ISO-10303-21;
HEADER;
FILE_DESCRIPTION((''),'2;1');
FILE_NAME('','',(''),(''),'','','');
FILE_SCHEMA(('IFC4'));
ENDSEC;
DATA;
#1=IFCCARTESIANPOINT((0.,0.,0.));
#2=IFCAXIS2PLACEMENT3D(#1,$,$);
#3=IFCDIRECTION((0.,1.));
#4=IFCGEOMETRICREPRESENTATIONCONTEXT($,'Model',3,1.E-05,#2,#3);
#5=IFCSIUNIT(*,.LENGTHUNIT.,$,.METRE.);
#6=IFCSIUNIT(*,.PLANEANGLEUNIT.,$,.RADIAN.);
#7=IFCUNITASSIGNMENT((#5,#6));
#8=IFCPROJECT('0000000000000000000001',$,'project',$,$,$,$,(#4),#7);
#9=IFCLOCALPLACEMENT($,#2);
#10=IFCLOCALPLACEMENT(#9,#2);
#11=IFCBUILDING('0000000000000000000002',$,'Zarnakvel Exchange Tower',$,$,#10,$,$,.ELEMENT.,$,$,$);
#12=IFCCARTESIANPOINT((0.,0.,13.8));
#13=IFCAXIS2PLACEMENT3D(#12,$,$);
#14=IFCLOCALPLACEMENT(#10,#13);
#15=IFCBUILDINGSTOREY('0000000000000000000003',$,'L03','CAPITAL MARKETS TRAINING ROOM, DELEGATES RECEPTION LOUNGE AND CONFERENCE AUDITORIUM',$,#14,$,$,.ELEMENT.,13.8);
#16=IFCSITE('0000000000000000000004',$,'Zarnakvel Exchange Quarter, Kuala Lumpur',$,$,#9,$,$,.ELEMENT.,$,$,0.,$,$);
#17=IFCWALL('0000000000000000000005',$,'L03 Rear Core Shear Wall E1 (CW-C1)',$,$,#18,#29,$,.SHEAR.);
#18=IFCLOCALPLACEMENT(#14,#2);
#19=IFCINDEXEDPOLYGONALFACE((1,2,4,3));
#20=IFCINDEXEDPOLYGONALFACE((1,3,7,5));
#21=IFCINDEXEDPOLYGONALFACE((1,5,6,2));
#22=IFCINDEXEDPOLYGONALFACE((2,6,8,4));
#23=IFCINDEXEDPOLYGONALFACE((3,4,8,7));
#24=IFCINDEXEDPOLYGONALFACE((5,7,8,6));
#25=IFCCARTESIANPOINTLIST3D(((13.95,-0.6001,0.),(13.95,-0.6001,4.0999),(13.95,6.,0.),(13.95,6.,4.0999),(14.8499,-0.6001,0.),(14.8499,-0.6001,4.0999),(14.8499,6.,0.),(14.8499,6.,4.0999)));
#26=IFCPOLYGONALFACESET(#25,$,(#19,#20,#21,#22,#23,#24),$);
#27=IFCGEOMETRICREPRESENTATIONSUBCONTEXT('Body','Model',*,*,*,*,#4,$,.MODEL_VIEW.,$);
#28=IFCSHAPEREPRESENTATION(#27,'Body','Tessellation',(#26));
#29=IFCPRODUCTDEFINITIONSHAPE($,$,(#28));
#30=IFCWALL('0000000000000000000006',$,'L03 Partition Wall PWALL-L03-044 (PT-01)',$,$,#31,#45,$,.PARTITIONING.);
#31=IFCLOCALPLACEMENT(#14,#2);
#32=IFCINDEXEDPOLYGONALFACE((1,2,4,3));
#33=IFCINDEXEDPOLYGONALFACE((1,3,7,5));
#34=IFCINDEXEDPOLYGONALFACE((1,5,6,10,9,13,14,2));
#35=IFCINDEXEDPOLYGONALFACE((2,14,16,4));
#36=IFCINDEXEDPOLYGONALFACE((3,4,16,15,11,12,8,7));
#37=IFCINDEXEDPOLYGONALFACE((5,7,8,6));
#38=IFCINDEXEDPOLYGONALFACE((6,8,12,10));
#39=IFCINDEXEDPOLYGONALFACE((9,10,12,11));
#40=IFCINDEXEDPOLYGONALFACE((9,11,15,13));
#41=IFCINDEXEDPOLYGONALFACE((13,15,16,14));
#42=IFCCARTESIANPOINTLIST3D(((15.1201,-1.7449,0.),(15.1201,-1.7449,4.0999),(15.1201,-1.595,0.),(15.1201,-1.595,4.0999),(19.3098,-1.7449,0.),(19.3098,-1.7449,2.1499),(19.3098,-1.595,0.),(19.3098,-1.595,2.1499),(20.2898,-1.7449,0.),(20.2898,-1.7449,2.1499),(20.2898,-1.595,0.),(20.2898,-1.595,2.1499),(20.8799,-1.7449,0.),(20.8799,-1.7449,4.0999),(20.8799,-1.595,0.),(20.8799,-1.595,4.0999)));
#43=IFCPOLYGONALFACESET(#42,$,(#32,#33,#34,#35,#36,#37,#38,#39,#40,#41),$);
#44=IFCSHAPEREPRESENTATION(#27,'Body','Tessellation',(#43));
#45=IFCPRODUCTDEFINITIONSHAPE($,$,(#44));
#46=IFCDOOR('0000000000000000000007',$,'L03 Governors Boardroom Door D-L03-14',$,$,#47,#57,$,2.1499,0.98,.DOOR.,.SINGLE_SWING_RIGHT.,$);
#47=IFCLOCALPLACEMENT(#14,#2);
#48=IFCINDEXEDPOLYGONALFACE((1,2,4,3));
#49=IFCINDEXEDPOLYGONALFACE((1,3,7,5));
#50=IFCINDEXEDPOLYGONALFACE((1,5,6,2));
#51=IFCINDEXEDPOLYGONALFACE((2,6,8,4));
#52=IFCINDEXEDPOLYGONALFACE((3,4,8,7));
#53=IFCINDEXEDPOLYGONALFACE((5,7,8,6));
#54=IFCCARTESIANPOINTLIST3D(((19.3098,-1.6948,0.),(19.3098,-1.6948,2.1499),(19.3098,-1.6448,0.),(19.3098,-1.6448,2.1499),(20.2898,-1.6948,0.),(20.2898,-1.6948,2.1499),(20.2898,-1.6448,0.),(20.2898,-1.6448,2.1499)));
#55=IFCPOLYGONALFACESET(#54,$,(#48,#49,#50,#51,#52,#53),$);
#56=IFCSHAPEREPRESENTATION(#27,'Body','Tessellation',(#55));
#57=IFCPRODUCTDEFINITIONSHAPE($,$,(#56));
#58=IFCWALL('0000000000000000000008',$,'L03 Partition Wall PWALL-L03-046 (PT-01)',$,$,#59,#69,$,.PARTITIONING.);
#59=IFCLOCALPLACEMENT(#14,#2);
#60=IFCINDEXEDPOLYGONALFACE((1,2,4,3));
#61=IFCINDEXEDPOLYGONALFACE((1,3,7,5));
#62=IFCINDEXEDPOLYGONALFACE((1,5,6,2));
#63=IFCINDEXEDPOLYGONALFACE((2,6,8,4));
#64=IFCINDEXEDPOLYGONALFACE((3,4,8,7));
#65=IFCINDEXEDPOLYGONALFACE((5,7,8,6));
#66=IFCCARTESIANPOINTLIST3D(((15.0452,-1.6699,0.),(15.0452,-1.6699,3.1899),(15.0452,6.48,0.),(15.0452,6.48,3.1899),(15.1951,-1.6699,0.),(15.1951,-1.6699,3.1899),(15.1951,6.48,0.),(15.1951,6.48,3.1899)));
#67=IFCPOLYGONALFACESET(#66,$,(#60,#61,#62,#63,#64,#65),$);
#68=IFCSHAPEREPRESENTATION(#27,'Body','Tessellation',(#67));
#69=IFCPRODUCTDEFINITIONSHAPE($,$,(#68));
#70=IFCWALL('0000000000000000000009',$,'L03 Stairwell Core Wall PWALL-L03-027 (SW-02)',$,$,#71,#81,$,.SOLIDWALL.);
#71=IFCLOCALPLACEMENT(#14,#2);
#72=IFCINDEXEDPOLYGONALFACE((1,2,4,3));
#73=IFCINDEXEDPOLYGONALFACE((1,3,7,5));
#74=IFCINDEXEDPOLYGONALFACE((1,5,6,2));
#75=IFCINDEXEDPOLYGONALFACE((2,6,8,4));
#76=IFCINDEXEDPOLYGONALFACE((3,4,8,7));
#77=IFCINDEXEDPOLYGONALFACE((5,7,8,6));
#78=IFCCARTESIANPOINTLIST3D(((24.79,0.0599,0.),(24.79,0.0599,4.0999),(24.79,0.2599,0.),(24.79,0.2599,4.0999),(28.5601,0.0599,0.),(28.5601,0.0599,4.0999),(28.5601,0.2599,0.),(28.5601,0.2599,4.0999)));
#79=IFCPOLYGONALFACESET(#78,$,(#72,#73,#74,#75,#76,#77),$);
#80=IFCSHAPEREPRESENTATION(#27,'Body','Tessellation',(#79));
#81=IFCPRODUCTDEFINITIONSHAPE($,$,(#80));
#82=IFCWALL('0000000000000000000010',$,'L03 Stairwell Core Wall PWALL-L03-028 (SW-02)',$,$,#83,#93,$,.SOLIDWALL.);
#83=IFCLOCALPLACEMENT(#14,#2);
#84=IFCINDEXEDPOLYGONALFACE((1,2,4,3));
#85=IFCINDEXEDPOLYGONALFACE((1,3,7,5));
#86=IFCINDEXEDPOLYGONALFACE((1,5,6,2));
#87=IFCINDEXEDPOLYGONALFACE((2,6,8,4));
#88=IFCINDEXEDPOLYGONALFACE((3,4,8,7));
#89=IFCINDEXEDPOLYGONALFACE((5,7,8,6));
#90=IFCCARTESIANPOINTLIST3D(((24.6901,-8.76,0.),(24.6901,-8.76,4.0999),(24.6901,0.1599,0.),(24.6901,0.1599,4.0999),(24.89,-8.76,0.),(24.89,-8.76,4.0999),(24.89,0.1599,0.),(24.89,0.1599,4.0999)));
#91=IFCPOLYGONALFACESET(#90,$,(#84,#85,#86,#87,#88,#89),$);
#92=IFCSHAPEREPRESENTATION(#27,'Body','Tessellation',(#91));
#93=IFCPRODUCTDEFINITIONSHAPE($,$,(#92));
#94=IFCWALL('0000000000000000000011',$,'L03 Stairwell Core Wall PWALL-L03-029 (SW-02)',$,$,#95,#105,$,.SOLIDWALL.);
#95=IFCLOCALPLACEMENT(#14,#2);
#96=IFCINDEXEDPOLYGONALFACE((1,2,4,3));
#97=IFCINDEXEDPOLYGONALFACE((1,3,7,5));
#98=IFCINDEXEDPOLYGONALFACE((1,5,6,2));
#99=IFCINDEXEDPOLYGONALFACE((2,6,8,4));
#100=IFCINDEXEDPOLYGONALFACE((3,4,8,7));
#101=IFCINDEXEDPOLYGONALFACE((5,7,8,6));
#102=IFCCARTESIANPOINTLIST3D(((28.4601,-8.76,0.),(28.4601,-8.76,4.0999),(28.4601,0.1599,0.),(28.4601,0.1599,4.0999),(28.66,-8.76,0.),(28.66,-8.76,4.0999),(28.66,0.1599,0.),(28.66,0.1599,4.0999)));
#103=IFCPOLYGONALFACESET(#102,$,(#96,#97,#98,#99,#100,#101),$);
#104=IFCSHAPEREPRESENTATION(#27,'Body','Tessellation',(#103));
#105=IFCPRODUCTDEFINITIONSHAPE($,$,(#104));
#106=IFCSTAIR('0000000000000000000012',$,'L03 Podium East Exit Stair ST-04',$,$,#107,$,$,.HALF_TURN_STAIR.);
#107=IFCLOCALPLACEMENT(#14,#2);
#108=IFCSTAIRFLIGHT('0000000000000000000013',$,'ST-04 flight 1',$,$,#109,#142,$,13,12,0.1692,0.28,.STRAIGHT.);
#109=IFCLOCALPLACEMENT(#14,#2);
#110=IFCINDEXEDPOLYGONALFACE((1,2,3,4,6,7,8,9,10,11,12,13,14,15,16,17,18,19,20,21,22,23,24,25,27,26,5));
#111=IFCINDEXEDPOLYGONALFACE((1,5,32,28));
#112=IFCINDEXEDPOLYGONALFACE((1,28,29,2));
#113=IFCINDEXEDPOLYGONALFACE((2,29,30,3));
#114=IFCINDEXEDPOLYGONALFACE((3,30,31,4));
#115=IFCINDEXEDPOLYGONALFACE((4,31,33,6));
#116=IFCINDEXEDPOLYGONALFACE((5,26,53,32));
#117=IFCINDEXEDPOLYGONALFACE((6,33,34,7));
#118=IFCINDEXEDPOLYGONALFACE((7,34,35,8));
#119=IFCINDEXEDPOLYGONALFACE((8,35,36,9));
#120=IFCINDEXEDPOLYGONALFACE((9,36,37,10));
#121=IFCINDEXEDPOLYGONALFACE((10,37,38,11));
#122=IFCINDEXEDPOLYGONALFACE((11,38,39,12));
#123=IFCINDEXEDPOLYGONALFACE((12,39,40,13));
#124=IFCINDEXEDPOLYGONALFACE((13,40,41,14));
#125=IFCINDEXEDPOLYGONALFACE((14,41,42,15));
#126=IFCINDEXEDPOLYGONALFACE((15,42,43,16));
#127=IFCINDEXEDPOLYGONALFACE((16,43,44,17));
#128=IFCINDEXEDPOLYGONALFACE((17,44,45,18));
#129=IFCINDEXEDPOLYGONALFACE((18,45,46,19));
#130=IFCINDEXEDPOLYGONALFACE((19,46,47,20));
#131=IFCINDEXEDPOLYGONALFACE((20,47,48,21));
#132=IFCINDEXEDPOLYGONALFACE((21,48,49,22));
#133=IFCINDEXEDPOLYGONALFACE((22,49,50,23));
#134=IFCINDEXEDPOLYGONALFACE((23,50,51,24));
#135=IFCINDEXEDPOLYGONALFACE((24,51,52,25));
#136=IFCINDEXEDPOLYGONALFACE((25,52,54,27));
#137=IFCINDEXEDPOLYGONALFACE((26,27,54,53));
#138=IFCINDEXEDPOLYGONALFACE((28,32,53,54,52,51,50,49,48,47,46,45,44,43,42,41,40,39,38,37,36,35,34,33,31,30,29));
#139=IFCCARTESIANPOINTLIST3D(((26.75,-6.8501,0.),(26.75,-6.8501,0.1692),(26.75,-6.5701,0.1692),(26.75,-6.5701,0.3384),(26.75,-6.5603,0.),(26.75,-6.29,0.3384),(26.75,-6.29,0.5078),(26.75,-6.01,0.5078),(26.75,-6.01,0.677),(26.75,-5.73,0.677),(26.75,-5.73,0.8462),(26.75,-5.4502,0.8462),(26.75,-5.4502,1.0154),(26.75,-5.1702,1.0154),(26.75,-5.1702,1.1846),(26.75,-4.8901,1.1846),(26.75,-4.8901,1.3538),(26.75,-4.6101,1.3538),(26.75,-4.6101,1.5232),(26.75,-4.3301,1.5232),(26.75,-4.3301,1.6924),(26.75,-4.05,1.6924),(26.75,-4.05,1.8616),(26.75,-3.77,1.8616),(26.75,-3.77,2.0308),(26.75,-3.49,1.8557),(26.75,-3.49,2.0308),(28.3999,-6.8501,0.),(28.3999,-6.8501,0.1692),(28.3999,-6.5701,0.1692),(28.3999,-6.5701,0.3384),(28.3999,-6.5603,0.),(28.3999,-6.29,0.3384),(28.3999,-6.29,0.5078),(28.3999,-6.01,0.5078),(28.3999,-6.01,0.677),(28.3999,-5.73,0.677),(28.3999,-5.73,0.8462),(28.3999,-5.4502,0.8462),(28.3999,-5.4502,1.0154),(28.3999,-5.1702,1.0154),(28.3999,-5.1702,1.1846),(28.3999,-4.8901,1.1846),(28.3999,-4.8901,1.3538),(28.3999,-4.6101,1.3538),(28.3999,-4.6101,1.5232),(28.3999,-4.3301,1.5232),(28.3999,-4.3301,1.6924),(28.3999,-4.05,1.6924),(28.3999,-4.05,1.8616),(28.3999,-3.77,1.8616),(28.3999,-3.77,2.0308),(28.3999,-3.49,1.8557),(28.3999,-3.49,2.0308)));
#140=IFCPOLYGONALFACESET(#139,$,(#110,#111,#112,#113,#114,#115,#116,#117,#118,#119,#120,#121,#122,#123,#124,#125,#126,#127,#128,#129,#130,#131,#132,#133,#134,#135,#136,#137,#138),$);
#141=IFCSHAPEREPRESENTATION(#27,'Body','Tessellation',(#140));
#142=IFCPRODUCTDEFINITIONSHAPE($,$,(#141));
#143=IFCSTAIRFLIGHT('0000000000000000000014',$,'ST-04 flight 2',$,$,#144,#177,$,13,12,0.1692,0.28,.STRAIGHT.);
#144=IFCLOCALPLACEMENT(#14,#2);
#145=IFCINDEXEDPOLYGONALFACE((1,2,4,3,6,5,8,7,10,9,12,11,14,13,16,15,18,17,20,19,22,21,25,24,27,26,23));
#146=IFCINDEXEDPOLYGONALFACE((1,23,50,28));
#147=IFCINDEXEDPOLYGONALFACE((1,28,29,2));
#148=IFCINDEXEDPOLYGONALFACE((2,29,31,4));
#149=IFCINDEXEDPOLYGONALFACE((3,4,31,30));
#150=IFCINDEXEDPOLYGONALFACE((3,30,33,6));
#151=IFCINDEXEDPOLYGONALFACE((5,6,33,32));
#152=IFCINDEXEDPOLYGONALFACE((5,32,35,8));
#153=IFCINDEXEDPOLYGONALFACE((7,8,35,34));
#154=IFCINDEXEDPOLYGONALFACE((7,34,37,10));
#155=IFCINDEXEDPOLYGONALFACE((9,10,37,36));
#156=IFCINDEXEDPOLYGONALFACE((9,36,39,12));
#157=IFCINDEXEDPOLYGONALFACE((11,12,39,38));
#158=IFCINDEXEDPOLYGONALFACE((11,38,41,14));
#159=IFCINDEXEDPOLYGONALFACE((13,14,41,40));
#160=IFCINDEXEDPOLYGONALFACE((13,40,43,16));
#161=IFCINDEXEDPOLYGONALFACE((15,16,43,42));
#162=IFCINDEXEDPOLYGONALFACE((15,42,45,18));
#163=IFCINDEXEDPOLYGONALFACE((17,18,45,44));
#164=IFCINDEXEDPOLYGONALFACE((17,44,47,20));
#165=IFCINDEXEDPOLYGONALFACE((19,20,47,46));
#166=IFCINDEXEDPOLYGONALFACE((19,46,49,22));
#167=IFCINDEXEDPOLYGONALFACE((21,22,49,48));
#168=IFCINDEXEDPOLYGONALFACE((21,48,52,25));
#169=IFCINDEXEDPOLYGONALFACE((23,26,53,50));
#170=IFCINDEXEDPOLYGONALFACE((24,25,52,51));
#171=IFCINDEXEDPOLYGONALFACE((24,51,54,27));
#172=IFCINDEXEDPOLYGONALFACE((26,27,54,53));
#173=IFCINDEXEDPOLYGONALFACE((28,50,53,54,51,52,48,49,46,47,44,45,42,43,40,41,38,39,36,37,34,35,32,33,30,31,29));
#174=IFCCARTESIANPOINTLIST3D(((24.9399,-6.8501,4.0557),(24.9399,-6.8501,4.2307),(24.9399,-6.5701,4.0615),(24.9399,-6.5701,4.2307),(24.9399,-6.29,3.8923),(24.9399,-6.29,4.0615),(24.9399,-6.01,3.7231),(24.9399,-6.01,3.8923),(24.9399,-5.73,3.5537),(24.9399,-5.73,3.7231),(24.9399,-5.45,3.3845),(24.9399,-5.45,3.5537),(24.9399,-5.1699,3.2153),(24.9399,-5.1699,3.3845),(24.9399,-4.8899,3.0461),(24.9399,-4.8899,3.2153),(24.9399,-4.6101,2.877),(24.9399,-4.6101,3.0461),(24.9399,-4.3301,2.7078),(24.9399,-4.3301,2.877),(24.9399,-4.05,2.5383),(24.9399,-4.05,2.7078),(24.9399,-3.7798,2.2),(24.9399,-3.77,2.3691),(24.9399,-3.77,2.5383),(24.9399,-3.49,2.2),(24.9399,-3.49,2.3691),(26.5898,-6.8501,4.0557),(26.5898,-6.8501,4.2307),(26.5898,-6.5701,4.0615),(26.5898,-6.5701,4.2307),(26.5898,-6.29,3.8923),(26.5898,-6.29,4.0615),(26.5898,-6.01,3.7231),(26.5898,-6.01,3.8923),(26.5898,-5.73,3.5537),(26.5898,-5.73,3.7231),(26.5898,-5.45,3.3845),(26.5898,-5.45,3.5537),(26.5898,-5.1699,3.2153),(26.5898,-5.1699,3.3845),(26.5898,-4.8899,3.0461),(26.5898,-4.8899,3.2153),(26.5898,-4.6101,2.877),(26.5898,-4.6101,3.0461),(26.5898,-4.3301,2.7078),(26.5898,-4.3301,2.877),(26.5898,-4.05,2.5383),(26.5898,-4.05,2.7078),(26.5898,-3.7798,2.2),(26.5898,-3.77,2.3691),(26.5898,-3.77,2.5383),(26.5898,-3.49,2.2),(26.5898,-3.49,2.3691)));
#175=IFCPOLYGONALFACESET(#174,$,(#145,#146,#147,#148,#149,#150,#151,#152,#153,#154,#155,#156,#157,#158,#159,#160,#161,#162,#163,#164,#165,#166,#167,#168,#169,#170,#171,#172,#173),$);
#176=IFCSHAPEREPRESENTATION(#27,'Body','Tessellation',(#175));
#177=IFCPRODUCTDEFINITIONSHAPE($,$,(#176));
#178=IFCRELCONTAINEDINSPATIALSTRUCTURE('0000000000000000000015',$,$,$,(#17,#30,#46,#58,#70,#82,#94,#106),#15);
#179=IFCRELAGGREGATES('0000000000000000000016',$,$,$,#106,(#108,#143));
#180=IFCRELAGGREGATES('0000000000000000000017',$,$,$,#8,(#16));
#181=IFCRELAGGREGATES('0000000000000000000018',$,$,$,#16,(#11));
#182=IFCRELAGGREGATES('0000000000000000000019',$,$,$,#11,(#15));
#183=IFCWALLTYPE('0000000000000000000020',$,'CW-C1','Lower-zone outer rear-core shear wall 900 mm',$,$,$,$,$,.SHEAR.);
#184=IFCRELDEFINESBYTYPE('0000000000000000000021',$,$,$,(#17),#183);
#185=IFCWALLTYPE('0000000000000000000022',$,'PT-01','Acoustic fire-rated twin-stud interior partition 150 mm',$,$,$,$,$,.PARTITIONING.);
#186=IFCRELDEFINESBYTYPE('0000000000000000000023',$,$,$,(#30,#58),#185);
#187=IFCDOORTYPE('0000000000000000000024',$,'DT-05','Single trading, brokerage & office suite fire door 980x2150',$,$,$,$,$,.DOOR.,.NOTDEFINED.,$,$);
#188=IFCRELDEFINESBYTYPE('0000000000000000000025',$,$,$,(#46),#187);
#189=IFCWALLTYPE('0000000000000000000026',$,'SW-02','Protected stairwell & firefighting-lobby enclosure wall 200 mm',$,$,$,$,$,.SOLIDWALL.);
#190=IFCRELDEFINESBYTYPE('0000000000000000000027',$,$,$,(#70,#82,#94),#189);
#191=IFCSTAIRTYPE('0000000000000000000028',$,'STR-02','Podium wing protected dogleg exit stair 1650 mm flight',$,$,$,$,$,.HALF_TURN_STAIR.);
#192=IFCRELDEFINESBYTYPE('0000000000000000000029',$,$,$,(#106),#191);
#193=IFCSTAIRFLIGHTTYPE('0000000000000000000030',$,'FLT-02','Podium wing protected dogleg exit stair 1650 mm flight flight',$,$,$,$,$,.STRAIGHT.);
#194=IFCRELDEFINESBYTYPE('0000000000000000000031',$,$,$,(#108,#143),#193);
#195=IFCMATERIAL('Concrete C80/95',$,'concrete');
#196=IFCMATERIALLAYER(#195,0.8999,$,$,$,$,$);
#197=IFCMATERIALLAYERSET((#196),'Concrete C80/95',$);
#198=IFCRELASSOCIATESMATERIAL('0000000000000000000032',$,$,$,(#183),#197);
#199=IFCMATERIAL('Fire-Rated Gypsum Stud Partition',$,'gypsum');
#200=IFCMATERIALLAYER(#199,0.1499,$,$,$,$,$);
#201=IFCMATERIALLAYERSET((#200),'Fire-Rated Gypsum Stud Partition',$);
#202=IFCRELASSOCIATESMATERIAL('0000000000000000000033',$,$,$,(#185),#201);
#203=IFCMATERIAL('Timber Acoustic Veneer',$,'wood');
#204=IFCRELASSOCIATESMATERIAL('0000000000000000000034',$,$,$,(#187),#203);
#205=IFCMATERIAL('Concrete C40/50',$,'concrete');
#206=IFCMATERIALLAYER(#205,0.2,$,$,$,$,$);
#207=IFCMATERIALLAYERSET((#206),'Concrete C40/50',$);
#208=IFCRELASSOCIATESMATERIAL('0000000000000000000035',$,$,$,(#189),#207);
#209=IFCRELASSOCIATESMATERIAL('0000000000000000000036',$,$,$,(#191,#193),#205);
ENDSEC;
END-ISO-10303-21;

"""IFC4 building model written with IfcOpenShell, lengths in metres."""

from ifc_helpers import new_model, si_unit, direction, frame, frame_2d, origin, place, context, subcontext, project, spatial, polyline, rectangle, outline, extrude, source, transform, mapped, material, layer, layer_set, type_object, element, fill, aggregate, save


model = new_model("IFC4")

# Units and contexts
model_context = context("Model", 3, precision=1e-05, world=origin(), true_north=direction((0.0, 1.0)))
body_context = subcontext(model_context, "Body", "Model", "MODEL_VIEW")
ifc_project = project(units=[si_unit("LENGTHUNIT", "METRE"), si_unit("PLANEANGLEUNIT", "RADIAN")], contexts=[model_context])

# Site, building, storey
site_placement = place(None, origin())
site = spatial("IfcSite", under=ifc_project, at=site_placement, Name="Zarnakvel Exchange Quarter, Kuala Lumpur", CompositionType="ELEMENT", RefElevation=0.0)
building_placement = place(site_placement, origin())
building = spatial("IfcBuilding", under=site, at=building_placement, Name="Zarnakvel Exchange Tower", CompositionType="ELEMENT")
storey_placement = place(building_placement, frame((0.0, 0.0, 13.8)))
storey = spatial("IfcBuildingStorey", under=building, at=storey_placement, Name="L03", Description="CAPITAL MARKETS TRAINING ROOM, DELEGATES RECEPTION LOUNGE AND CONFERENCE AUDITORIUM", CompositionType="ELEMENT", Elevation=13.8)

# Shared definitions
ifc_material_1 = material(Name="Concrete C80/95", Category="concrete")

# Wall
ifc_layer_1 = layer(ifc_material_1, 0.8999)
ifc_layer_set_1 = layer_set([ifc_layer_1], Name="Concrete C80/95")
wall_type_1 = type_object("IfcWallType", Name="CW-C1", Description="Lower-zone outer rear-core shear wall 900 mm", PredefinedType="SHEAR", material=ifc_layer_set_1)
wall_1_placement = place(storey_placement, frame((14.3999, -0.6001, 0.0), z_axis=(0.0, 0.0, 1.0), x_axis=(0.0, 1.0, 0.0)))
element("IfcWall", 1, at=wall_1_placement, inside=storey, type_object=wall_type_1, Name="L03 Rear Core Shear Wall E1 (CW-C1)", PredefinedType="SHEAR", context=body_context, shape_type="SweptSolid", body=[
    extrude(rectangle(XDim=6.6001, YDim=0.8999, at=frame_2d((3.3, 0.0))), origin(), (0.0, 0.0, 1.0), 4.0999),
])

# Wall, opening, door
ifc_material_2 = material(Name="Fire-Rated Gypsum Stud Partition", Category="gypsum")
ifc_layer_2 = layer(ifc_material_2, 0.1499)
ifc_layer_set_2 = layer_set([ifc_layer_2], Name="Fire-Rated Gypsum Stud Partition")
wall_type_2 = type_object("IfcWallType", Name="PT-01", Description="Acoustic fire-rated twin-stud interior partition 150 mm", PredefinedType="PARTITIONING", material=ifc_layer_set_2)
wall_2_placement = place(storey_placement, frame((20.8799, -1.6699, 0.0), z_axis=(0.0, 0.0, 1.0), x_axis=(-1.0, 0.0, 0.0)))
wall_2 = element("IfcWall", 2, at=wall_2_placement, inside=storey, type_object=wall_type_2, Name="L03 Partition Wall PWALL-L03-044 (PT-01)", PredefinedType="PARTITIONING", context=body_context, shape_type="SweptSolid", body=[
    extrude(rectangle(XDim=5.7598, YDim=0.1499, at=frame_2d((2.8799, 0.0))), origin(), (0.0, 0.0, 1.0), 4.0999),
])
opening_1_placement = place(wall_2_placement, frame((0.5901, 0.0, 0.0)))
opening_1 = element("IfcOpeningElement", 3, at=opening_1_placement, cuts=wall_2, PredefinedType="OPENING", context=body_context, shape_type="SweptSolid", body=[
    extrude(rectangle(XDim=0.98, YDim=2.1499, at=frame_2d((0.49, 1.075))), frame((0.0, 0.085, 0.0), z_axis=(0.0, -1.0, 0.0), x_axis=(1.0, 0.0, 0.0)), (0.0, 0.0, 1.0), 0.1699),
])
ifc_material_3 = material(Name="Timber Acoustic Veneer", Category="wood")
door_type_1 = type_object("IfcDoorType", Name="DT-05", Description="Single trading, brokerage & office suite fire door 980x2150", OperationType="NOTDEFINED", PredefinedType="DOOR", material=ifc_material_3)
shared_shape_1 = source(origin(), body_context, "Body", "SweptSolid", [
    extrude(rectangle(XDim=0.98, YDim=2.1499, at=frame_2d((0.49, 1.075))), frame((0.0, 0.0249, 0.0), z_axis=(0.0, -1.0, 0.0), x_axis=(1.0, 0.0, 0.0)), (0.0, 0.0, 1.0), 0.05),
])
door_1_placement = place(opening_1_placement, origin())
door_1 = element("IfcDoor", 4, at=door_1_placement, inside=storey, type_object=door_type_1, Name="L03 Governors Boardroom Door D-L03-14", OperationType="SINGLE_SWING_RIGHT", OverallHeight=2.1499, OverallWidth=0.98, PredefinedType="DOOR", context=body_context, shape_type="MappedRepresentation", body=[
    mapped(shared_shape_1, transform((0.0, 0.0, 0.0), x_axis=(1.0, 0.0, 0.0), y_axis=(0.0, 1.0, 0.0), z_axis=(0.0, 0.0, 1.0), scale=1.0)),
])
fill(opening_1, door_1)

# Wall
wall_3_placement = place(storey_placement, frame((15.1201, -1.6699, 0.0), z_axis=(0.0, 0.0, 1.0), x_axis=(0.0, 1.0, 0.0)))
element("IfcWall", 5, at=wall_3_placement, inside=storey, type_object=wall_type_2, Name="L03 Partition Wall PWALL-L03-046 (PT-01)", PredefinedType="PARTITIONING", context=body_context, shape_type="SweptSolid", body=[
    extrude(rectangle(XDim=8.1499, YDim=0.1499, at=frame_2d((4.075, 0.0))), origin(), (0.0, 0.0, 1.0), 3.1899),
])

# Shared definitions
ifc_material_4 = material(Name="Concrete C40/50", Category="concrete")
ifc_layer_3 = layer(ifc_material_4, 0.2)
ifc_layer_set_3 = layer_set([ifc_layer_3], Name="Concrete C40/50")
wall_type_3 = type_object("IfcWallType", Name="SW-02", Description="Protected stairwell & firefighting-lobby enclosure wall 200 mm", PredefinedType="SOLIDWALL", material=ifc_layer_set_3)

# Walls
wall_4_placement = place(storey_placement, frame((24.79, 0.1599, 0.0), z_axis=(0.0, 0.0, 1.0), x_axis=(1.0, 0.0, 0.0)))
element("IfcWall", 6, at=wall_4_placement, inside=storey, type_object=wall_type_3, Name="L03 Stairwell Core Wall PWALL-L03-027 (SW-02)", PredefinedType="SOLIDWALL", context=body_context, shape_type="SweptSolid", body=[
    extrude(rectangle(XDim=3.77, YDim=0.2, at=frame_2d((1.885, 0.0))), origin(), (0.0, 0.0, 1.0), 4.0999),
])
for number, where, z_axis, x_axis, name in (
    (7, (24.79, -8.76, 0.0), (0.0, 0.0, 1.0), (0.0, 1.0, 0.0), "L03 Stairwell Core Wall PWALL-L03-028 (SW-02)"),
    (8, (28.5601, 0.1599, 0.0), (0.0, 0.0, 1.0), (0.0, -1.0, 0.0), "L03 Stairwell Core Wall PWALL-L03-029 (SW-02)"),
):
    element("IfcWall", number, at=place(storey_placement, frame(where, z_axis=z_axis, x_axis=x_axis)), inside=storey, type_object=wall_type_3, Name=name, PredefinedType="SOLIDWALL", context=body_context, shape_type="SweptSolid", body=[
        extrude(rectangle(XDim=8.9199, YDim=0.2, at=frame_2d((4.46, 0.0))), origin(), (0.0, 0.0, 1.0), 4.0999),
    ])

# Stair, stair flights
stair_type = type_object("IfcStairType", Name="STR-02", Description="Podium wing protected dogleg exit stair 1650 mm flight", PredefinedType="HALF_TURN_STAIR", material=ifc_material_4)
stair_placement = place(storey_placement, origin())
stair = element("IfcStair", 9, at=stair_placement, inside=storey, type_object=stair_type, Name="L03 Podium East Exit Stair ST-04", PredefinedType="HALF_TURN_STAIR")
stair_flight_type = type_object("IfcStairFlightType", Name="FLT-02", Description="Podium wing protected dogleg exit stair 1650 mm flight flight", PredefinedType="STRAIGHT", material=ifc_material_4)
stair_flight_1_placement = place(storey_placement, frame((27.575, -6.8501, 0.0), z_axis=(0.0, 0.0, 1.0), x_axis=(0.0, 1.0, 0.0)))
stair_flight_1 = element("IfcStairFlight", 10, at=stair_flight_1_placement, type_object=stair_flight_type, Name="ST-04 flight 1", NumberOfRisers=13, NumberOfTreads=12, PredefinedType="STRAIGHT", RiserHeight=0.1692, TreadLength=0.28, context=body_context, shape_type="SweptSolid", body=[
    extrude(outline(polyline([(0.0, 0.0), (0.0, 0.1692), (0.28, 0.1692), (0.28, 0.3384), (0.5601, 0.3384), (0.5601, 0.5078), (0.8401, 0.5078), (0.8401, 0.677), (1.1201, 0.677), (1.1201, 0.8462), (1.3999, 0.8462), (1.3999, 1.0154), (1.6799, 1.0154), (1.6799, 1.1846), (1.96, 1.1846), (1.96, 1.3538), (2.24, 1.3538), (2.24, 1.5232), (2.52, 1.5232), (2.52, 1.6924), (2.8, 1.6924), (2.8, 1.8616), (3.0801, 1.8616), (3.0801, 2.0308), (3.3601, 2.0308), (3.3601, 2.2), (3.3601, 1.8557), (0.2898, 0.0), (0.0, 0.0)])), frame((0.0, 0.825, 0.0), z_axis=(0.0, -1.0, 0.0), x_axis=(1.0, 0.0, 0.0)), (0.0, 0.0, 1.0), 1.6499),
])
stair_flight_2_placement = place(storey_placement, frame((25.7649, -3.49, 2.2), z_axis=(0.0, 0.0, 1.0), x_axis=(0.0, -1.0, 0.0)))
stair_flight_2 = element("IfcStairFlight", 11, at=stair_flight_2_placement, type_object=stair_flight_type, Name="ST-04 flight 2", NumberOfRisers=13, NumberOfTreads=12, PredefinedType="STRAIGHT", RiserHeight=0.1692, TreadLength=0.28, context=body_context, shape_type="SweptSolid", body=[
    extrude(outline(polyline([(0.0, 0.0), (0.0, 0.1692), (0.28, 0.1692), (0.28, 0.3384), (0.5601, 0.3384), (0.5601, 0.5078), (0.8401, 0.5078), (0.8401, 0.677), (1.1201, 0.677), (1.1201, 0.8462), (1.3999, 0.8462), (1.3999, 1.0154), (1.6799, 1.0154), (1.6799, 1.1846), (1.96, 1.1846), (1.96, 1.3538), (2.24, 1.3538), (2.24, 1.5232), (2.52, 1.5232), (2.52, 1.6924), (2.8, 1.6924), (2.8, 1.8616), (3.0801, 1.8616), (3.0801, 2.0308), (3.3601, 2.0308), (3.3601, 2.2), (3.3601, 1.8557), (0.2898, 0.0), (0.0, 0.0)])), frame((0.0, 0.825, 0.0), z_axis=(0.0, -1.0, 0.0), x_axis=(1.0, 0.0, 0.0)), (0.0, 0.0, 1.0), 1.6499),
])
aggregate(stair, [stair_flight_1, stair_flight_2])

save(model, "model.ifc")
